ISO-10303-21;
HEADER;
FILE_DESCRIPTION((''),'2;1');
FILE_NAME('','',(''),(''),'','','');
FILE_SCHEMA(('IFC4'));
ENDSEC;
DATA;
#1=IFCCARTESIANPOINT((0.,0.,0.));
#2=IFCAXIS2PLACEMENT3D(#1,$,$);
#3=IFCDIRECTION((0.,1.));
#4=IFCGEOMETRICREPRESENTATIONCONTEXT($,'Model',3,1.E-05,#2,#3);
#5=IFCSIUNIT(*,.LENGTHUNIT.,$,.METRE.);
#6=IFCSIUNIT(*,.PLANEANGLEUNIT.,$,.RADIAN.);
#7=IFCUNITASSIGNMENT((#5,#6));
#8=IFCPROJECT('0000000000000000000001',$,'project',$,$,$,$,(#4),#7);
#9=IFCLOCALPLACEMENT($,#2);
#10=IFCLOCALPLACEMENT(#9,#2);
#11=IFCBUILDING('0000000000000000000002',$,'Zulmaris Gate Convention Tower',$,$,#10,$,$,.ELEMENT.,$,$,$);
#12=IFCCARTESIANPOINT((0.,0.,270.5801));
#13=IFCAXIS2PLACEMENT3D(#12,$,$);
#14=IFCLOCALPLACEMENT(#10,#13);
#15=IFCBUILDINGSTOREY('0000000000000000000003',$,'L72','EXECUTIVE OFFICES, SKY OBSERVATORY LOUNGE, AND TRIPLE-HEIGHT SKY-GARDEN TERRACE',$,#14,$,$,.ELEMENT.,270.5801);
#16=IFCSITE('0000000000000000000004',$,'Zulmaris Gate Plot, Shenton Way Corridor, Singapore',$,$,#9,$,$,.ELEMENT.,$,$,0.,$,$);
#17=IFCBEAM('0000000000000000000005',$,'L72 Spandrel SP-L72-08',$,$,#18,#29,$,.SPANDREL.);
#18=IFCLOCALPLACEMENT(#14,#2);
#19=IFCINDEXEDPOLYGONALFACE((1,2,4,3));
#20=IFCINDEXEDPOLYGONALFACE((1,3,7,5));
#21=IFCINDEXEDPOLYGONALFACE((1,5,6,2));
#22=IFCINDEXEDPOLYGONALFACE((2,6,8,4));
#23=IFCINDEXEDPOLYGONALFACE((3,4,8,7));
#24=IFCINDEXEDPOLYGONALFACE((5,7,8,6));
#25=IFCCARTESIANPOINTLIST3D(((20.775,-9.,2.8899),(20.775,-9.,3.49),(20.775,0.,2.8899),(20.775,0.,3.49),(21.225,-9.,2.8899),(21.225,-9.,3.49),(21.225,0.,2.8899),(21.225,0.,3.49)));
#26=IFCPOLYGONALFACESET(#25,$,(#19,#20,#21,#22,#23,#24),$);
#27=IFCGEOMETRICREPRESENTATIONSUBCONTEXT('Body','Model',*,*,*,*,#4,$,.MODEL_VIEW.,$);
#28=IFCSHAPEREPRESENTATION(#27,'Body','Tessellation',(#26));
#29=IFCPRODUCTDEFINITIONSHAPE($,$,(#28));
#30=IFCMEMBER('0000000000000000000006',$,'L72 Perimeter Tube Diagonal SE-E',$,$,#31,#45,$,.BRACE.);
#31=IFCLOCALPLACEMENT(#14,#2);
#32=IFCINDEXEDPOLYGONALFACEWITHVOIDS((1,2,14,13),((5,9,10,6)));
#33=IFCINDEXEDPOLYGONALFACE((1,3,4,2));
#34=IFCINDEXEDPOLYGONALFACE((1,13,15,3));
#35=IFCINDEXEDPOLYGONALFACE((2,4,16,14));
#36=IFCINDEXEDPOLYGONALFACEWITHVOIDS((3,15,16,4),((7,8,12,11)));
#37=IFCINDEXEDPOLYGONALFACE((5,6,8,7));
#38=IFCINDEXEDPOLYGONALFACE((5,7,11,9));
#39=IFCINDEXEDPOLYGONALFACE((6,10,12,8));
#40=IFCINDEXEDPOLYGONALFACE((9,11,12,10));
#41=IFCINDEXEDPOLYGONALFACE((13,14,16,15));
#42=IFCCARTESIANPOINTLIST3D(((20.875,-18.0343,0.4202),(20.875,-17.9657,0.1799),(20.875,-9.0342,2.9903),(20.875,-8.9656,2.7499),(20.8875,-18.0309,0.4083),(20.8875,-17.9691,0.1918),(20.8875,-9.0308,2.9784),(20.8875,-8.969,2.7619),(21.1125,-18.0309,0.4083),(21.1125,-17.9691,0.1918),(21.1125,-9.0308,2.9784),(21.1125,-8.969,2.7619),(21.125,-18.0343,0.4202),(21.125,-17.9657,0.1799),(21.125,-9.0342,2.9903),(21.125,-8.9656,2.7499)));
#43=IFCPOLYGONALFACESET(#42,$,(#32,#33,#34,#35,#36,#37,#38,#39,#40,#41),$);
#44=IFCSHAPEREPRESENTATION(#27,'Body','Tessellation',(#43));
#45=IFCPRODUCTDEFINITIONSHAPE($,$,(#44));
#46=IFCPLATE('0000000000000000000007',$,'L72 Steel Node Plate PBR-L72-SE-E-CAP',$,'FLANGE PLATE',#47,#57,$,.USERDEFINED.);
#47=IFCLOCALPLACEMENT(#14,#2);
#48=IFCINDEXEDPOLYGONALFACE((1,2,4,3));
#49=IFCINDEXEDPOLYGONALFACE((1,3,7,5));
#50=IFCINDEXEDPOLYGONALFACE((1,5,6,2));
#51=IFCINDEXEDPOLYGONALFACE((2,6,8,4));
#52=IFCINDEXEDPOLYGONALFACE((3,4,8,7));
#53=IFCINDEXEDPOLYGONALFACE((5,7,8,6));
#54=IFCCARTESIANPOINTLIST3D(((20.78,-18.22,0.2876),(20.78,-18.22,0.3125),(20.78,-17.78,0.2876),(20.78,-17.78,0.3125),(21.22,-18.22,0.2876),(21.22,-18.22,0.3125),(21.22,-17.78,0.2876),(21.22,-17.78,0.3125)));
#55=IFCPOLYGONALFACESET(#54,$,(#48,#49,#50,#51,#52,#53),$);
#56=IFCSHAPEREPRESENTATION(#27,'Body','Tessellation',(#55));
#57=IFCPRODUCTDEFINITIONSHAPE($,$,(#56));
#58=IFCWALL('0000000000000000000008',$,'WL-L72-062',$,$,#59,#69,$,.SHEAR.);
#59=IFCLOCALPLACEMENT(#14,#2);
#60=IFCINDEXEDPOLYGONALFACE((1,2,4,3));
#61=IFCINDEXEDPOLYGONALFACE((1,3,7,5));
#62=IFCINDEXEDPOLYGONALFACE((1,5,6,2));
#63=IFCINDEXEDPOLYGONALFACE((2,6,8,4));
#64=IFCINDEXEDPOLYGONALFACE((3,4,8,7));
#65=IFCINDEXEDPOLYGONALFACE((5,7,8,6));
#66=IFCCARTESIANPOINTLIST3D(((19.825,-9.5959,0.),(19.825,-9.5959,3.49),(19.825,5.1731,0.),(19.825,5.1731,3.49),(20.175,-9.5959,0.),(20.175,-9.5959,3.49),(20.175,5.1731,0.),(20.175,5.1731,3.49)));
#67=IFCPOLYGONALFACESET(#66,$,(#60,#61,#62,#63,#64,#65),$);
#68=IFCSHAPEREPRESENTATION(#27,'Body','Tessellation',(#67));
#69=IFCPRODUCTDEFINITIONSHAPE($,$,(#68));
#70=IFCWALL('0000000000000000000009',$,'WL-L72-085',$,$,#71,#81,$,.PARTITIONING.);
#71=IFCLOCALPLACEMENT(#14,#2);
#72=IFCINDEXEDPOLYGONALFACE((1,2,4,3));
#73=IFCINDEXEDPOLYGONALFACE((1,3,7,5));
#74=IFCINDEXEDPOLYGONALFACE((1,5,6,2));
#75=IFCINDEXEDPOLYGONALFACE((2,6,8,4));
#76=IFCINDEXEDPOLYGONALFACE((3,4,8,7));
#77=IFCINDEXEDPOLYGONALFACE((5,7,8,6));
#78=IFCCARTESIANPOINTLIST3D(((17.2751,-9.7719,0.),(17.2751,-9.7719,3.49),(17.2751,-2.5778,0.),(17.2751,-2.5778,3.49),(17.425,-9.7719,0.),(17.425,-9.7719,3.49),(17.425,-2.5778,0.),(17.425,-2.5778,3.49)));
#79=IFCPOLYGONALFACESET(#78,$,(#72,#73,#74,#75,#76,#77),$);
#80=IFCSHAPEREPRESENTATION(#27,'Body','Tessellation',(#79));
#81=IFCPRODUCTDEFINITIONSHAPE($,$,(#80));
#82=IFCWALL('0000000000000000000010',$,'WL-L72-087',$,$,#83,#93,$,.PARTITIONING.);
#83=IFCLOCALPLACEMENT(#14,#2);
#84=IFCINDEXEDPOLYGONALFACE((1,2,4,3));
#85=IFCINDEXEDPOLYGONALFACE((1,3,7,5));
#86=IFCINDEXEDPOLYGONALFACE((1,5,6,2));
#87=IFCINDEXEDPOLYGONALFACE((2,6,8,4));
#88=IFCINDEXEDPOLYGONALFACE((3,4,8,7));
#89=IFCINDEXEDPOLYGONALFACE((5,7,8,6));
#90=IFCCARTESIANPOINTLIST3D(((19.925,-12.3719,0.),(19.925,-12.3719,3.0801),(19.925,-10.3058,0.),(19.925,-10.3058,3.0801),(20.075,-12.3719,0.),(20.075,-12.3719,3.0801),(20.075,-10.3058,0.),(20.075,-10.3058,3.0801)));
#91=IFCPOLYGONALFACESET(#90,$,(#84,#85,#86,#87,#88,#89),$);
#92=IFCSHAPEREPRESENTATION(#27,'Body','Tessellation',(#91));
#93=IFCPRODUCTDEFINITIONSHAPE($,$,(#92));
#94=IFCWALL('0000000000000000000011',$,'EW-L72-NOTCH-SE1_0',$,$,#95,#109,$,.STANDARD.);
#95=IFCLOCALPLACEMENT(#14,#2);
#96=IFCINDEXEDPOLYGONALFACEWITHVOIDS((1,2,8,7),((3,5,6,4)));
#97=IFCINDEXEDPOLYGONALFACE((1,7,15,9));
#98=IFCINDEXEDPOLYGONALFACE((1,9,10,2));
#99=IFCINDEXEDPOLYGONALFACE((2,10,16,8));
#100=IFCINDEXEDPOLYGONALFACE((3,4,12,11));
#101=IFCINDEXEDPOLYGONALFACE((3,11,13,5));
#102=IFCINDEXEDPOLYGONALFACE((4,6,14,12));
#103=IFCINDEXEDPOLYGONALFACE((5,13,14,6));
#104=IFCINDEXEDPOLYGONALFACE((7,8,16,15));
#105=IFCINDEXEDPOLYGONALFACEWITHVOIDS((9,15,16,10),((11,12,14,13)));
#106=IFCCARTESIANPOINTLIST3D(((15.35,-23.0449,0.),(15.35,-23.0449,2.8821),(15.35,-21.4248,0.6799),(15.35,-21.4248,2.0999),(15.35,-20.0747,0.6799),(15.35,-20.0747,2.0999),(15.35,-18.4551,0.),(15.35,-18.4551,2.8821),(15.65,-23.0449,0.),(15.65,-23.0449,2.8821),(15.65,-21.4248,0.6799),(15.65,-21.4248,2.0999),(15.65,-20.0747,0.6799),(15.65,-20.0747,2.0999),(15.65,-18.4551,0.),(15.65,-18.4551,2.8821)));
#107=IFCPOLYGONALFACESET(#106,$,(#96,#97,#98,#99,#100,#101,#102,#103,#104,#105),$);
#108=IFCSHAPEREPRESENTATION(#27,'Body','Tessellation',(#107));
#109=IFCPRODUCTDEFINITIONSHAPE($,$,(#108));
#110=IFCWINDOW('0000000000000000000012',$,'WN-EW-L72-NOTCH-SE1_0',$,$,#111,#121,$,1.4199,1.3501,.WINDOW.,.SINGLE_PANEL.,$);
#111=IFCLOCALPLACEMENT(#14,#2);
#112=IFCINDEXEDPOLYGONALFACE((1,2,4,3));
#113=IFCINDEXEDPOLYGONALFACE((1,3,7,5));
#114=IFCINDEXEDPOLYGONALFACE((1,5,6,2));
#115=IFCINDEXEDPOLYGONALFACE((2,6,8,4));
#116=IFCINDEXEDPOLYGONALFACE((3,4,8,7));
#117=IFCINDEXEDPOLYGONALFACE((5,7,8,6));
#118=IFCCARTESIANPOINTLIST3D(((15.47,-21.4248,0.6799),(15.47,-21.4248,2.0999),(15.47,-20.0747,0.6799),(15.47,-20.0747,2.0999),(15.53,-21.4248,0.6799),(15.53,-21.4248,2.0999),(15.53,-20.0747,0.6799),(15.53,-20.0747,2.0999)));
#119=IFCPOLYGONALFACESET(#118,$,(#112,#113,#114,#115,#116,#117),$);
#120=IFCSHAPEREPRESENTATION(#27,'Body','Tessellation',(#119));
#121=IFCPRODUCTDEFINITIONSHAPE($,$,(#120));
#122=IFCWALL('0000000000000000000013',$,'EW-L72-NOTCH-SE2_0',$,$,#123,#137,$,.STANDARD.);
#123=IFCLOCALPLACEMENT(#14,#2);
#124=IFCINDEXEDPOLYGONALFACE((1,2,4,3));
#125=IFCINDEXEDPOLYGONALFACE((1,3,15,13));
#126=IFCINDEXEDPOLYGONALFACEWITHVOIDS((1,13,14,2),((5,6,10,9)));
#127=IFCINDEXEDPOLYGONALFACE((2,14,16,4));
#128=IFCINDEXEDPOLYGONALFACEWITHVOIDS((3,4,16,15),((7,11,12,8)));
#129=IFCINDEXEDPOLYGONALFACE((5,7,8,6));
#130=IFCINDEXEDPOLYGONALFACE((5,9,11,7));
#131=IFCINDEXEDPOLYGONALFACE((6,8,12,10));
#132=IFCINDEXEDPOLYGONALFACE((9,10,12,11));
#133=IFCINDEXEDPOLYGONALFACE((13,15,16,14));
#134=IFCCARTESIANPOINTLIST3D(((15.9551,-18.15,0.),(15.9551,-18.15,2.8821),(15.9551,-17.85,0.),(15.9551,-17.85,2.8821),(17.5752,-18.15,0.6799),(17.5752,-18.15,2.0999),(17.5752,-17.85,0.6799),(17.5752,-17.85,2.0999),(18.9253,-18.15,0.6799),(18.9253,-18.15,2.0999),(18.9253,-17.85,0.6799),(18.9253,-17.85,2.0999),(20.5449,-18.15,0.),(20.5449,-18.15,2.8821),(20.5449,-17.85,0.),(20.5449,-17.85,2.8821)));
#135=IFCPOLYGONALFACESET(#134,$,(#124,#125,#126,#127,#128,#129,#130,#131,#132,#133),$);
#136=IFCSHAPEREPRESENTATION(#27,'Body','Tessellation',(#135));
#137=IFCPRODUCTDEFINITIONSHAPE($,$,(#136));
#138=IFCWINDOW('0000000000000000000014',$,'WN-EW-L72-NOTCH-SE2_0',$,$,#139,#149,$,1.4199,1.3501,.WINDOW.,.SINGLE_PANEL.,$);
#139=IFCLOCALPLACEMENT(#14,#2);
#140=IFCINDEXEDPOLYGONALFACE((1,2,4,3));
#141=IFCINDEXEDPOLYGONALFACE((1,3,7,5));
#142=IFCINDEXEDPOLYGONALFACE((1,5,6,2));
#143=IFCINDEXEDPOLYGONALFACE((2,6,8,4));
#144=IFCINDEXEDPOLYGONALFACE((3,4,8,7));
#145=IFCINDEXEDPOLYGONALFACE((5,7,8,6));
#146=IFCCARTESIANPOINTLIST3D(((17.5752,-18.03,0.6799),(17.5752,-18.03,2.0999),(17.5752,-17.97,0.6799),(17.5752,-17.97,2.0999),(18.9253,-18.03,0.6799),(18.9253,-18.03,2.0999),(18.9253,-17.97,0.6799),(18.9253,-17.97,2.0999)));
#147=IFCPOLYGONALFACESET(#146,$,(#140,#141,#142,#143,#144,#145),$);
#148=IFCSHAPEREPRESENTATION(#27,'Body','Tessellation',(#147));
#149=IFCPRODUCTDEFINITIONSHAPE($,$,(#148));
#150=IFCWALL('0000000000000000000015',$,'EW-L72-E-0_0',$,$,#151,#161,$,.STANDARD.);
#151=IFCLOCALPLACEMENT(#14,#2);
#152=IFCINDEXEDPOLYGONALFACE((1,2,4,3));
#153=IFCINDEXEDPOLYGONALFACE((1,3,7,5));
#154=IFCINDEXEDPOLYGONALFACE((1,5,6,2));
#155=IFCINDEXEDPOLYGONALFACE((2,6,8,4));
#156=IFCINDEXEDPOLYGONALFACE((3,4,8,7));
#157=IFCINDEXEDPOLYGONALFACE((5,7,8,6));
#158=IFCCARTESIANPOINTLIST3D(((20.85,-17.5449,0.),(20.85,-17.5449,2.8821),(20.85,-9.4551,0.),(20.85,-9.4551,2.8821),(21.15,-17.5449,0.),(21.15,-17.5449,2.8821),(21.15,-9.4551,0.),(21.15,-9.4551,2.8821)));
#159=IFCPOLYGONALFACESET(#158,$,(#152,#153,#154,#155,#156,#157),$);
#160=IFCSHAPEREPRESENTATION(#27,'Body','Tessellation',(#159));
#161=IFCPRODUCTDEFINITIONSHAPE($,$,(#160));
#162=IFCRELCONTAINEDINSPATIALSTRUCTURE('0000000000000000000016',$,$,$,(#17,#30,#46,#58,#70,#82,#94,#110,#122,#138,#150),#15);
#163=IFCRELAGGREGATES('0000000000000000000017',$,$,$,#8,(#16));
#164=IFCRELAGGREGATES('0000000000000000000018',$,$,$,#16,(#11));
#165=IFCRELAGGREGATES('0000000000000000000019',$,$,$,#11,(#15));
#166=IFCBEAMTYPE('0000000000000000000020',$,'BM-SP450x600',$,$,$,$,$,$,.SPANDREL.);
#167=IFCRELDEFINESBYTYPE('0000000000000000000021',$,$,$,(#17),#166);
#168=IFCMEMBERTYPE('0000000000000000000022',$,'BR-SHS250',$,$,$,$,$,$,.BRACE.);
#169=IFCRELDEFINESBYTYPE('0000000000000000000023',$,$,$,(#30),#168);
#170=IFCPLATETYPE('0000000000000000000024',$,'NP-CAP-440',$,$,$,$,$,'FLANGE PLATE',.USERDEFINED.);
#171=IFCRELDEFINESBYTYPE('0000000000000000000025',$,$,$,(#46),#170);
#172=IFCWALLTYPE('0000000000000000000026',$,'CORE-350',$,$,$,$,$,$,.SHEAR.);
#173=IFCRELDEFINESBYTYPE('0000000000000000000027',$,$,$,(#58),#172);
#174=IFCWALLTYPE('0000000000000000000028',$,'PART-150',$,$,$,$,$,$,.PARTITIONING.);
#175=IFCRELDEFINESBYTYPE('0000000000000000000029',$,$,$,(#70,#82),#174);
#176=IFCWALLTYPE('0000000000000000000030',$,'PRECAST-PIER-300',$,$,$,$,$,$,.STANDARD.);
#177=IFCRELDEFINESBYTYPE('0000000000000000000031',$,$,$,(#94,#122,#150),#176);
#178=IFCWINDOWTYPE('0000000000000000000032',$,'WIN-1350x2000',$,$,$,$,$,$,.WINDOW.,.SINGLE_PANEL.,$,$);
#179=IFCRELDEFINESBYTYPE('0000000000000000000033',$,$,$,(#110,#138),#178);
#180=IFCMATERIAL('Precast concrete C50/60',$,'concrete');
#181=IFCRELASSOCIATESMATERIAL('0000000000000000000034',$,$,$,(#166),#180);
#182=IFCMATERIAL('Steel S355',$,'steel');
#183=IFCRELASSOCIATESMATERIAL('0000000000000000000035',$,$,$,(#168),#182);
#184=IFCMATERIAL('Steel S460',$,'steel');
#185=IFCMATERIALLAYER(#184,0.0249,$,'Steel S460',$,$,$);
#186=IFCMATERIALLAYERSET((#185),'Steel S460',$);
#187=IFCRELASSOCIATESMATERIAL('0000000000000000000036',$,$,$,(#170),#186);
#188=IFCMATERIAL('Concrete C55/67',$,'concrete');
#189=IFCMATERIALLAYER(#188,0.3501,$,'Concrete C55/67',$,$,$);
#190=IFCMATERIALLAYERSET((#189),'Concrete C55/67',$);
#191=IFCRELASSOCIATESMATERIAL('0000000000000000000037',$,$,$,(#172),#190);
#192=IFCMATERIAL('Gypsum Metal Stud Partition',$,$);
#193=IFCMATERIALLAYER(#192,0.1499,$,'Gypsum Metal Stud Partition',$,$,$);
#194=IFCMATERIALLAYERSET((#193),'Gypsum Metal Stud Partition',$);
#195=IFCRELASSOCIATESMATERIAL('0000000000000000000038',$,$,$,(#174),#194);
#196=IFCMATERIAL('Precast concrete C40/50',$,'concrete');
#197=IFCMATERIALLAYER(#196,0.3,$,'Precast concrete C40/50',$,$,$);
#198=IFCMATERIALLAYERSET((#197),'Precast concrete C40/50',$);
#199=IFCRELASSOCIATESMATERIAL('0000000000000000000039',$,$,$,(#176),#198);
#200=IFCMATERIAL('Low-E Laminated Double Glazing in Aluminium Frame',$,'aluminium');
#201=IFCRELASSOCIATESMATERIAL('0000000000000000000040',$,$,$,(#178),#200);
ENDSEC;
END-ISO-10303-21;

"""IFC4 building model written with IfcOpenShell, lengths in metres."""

from ifc_helpers import new_model, si_unit, direction, frame, frame_2d, origin, origin_2d, place, context, subcontext, project, spatial, rectangle, hollow_rectangle, extrude, material, layer, layer_set, material_profile, profile_set, type_object, element, fill, save


model = new_model("IFC4")

# Units and contexts
model_context = context("Model", 3, precision=1e-05, world=origin(), true_north=direction((0.0, 1.0)))
body_context = subcontext(model_context, "Body", "Model", "MODEL_VIEW")
ifc_project = project(units=[si_unit("LENGTHUNIT", "METRE"), si_unit("PLANEANGLEUNIT", "RADIAN")], contexts=[model_context])

# Site, building, storey
site_placement = place(None, origin())
site = spatial("IfcSite", under=ifc_project, at=site_placement, Name="Zulmaris Gate Plot, Shenton Way Corridor, Singapore", CompositionType="ELEMENT", RefElevation=0.0)
building_placement = place(site_placement, origin())
building = spatial("IfcBuilding", under=site, at=building_placement, Name="Zulmaris Gate Convention Tower", CompositionType="ELEMENT")
storey_placement = place(building_placement, frame((0.0, 0.0, 270.5801)))
storey = spatial("IfcBuildingStorey", under=building, at=storey_placement, Name="L72", Description="EXECUTIVE OFFICES, SKY OBSERVATORY LOUNGE, AND TRIPLE-HEIGHT SKY-GARDEN TERRACE", CompositionType="ELEMENT", Elevation=270.5801)

# Beam
ifc_material_1 = material(Name="Steel S355", Category="steel")
ifc_material_2 = material(Name="Precast concrete C50/60", Category="concrete")
ifc_material_profile_1 = material_profile(ifc_material_2, rectangle(XDim=0.45, YDim=0.6001, at=origin_2d()), Name="RC SPANDREL 450x600")
ifc_profile_set_1 = profile_set([ifc_material_profile_1], Name="Precast concrete C50/60")
beam_type_1 = type_object("IfcBeamType", Name="BM-SP450x600", PredefinedType="SPANDREL", material=ifc_profile_set_1)
for number, where, z_axis, x_axis, name in (
    (1, (21.0, -9.0, 3.1899), (0.0, 1.0, 0.0), (-1.0, 0.0, 0.0), "L72 Spandrel SP-L72-08"),
):
    element("IfcBeam", number, at=place(storey_placement, frame(where, z_axis=z_axis, x_axis=x_axis)), inside=storey, type_object=beam_type_1, Name=name, PredefinedType="SPANDREL", context=body_context, shape_type="SweptSolid", body=[
        extrude(rectangle(XDim=0.45, YDim=0.6001, at=origin_2d()), origin(), (0.0, 0.0, 1.0), 9.0),
    ])

# Member
ifc_material_profile_2 = material_profile(ifc_material_1, hollow_rectangle(XDim=0.25, YDim=0.25, WallThickness=0.0125, at=origin_2d()), Name="SHS 250x250x12.5")
ifc_profile_set_2 = profile_set([ifc_material_profile_2], Name="Steel S355")
member_type = type_object("IfcMemberType", Name="BR-SHS250", PredefinedType="BRACE", material=ifc_profile_set_2)
member_placement = place(storey_placement, frame((21.0, -18.0, 0.3), z_axis=(0.0, 0.961562, 0.274587), x_axis=(-1.0, 0.0, 0.0)))
element("IfcMember", 2, at=member_placement, inside=storey, type_object=member_type, Name="L72 Perimeter Tube Diagonal SE-E", PredefinedType="BRACE", context=body_context, shape_type="SweptSolid", body=[
    extrude(hollow_rectangle(XDim=0.25, YDim=0.25, WallThickness=0.0125, at=origin_2d()), origin(), (0.0, 0.0, 1.0), 9.3599),
])

# Plate
ifc_material_3 = material(Name="Steel S460", Category="steel")
ifc_layer_1 = layer(ifc_material_3, 0.0249, Name="Steel S460")
ifc_layer_set_1 = layer_set([ifc_layer_1], Name="Steel S460")
plate_type = type_object("IfcPlateType", Name="NP-CAP-440", ElementType="FLANGE PLATE", PredefinedType="USERDEFINED", material=ifc_layer_set_1)
plate_placement = place(storey_placement, frame((21.0, -18.0, 0.2876), z_axis=(0.0, 0.0, 1.0), x_axis=(1.0, 0.0, 0.0)))
element("IfcPlate", 3, at=plate_placement, inside=storey, type_object=plate_type, Name="L72 Steel Node Plate PBR-L72-SE-E-CAP", ObjectType="FLANGE PLATE", PredefinedType="USERDEFINED", context=body_context, shape_type="SweptSolid", body=[
    extrude(rectangle(XDim=0.4399, YDim=0.4399, at=origin_2d()), origin(), (0.0, 0.0, 1.0), 0.0249),
])

# Walls
ifc_material_4 = material(Name="Concrete C55/67", Category="concrete")
ifc_layer_2 = layer(ifc_material_4, 0.3501, Name="Concrete C55/67")
ifc_layer_set_2 = layer_set([ifc_layer_2], Name="Concrete C55/67")
wall_type_1 = type_object("IfcWallType", Name="CORE-350", PredefinedType="SHEAR", material=ifc_layer_set_2)
wall_1_placement = place(storey_placement, frame((20.0, -9.5959, 0.0), z_axis=(0.0, 0.0, 1.0), x_axis=(0.0, 1.0, 0.0)))
element("IfcWall", 4, at=wall_1_placement, inside=storey, type_object=wall_type_1, Name="WL-L72-062", PredefinedType="SHEAR", context=body_context, shape_type="SweptSolid", body=[
    extrude(rectangle(XDim=14.769, YDim=0.3501, at=frame_2d((7.3845, 0.0))), origin(), (0.0, 0.0, 1.0), 3.49),
])
ifc_material_5 = material(Name="Gypsum Metal Stud Partition")
ifc_layer_3 = layer(ifc_material_5, 0.1499, Name="Gypsum Metal Stud Partition")
ifc_layer_set_3 = layer_set([ifc_layer_3], Name="Gypsum Metal Stud Partition")
wall_type_2 = type_object("IfcWallType", Name="PART-150", PredefinedType="PARTITIONING", material=ifc_layer_set_3)
wall_2_placement = place(storey_placement, frame((17.3501, -9.772, 0.0), z_axis=(0.0, 0.0, 1.0), x_axis=(0.0, 1.0, 0.0)))
element("IfcWall", 5, at=wall_2_placement, inside=storey, type_object=wall_type_2, Name="WL-L72-085", PredefinedType="PARTITIONING", context=body_context, shape_type="SweptSolid", body=[
    extrude(rectangle(XDim=7.1941, YDim=0.1499, at=frame_2d((3.5972, 0.0))), origin(), (0.0, 0.0, 1.0), 3.49),
])
wall_3_placement = place(storey_placement, frame((20.0, -12.3721, 0.0), z_axis=(0.0, 0.0, 1.0), x_axis=(0.0, 1.0, 0.0)))
element("IfcWall", 6, at=wall_3_placement, inside=storey, type_object=wall_type_2, Name="WL-L72-087", PredefinedType="PARTITIONING", context=body_context, shape_type="SweptSolid", body=[
    extrude(rectangle(XDim=2.0662, YDim=0.1499, at=frame_2d((1.0332, 0.0))), origin(), (0.0, 0.0, 1.0), 3.0801),
])

# Walls, openings, windows
ifc_material_6 = material(Name="Precast concrete C40/50", Category="concrete")
ifc_layer_4 = layer(ifc_material_6, 0.3, Name="Precast concrete C40/50")
ifc_layer_set_4 = layer_set([ifc_layer_4], Name="Precast concrete C40/50")
wall_type_3 = type_object("IfcWallType", Name="PRECAST-PIER-300", PredefinedType="STANDARD", material=ifc_layer_set_4)
wall_4_placement = place(storey_placement, frame((15.5, -23.0449, 0.0), z_axis=(0.0, 0.0, 1.0), x_axis=(0.0, 1.0, 0.0)))
wall_4 = element("IfcWall", 7, at=wall_4_placement, inside=storey, type_object=wall_type_3, Name="EW-L72-NOTCH-SE1_0", PredefinedType="STANDARD", context=body_context, shape_type="SweptSolid", body=[
    extrude(rectangle(XDim=4.5898, YDim=0.3, at=frame_2d((2.2949, 0.0))), origin(), (0.0, 0.0, 1.0), 2.8821),
])
opening_1_placement = place(wall_4_placement, frame((1.6201, 0.0, 0.6799)))
opening_1 = element("IfcOpeningElement", 8, at=opening_1_placement, cuts=wall_4, PredefinedType="OPENING", context=body_context, shape_type="SweptSolid", body=[
    extrude(rectangle(XDim=1.3501, YDim=1.4199, at=frame_2d((0.675, 0.71))), frame((0.0, 0.1602, 0.0), z_axis=(0.0, -1.0, 0.0), x_axis=(1.0, 0.0, 0.0)), (0.0, 0.0, 1.0), 0.3201),
])
ifc_material_7 = material(Name="Low-E Laminated Double Glazing in Aluminium Frame", Category="aluminium")
window_type = type_object("IfcWindowType", Name="WIN-1350x2000", PartitioningType="SINGLE_PANEL", PredefinedType="WINDOW", material=ifc_material_7)
window_1_placement = place(opening_1_placement, origin())
window_1 = element("IfcWindow", 9, at=window_1_placement, inside=storey, type_object=window_type, Name="WN-EW-L72-NOTCH-SE1_0", OverallHeight=1.4199, OverallWidth=1.3501, PartitioningType="SINGLE_PANEL", PredefinedType="WINDOW", context=body_context, shape_type="SweptSolid", body=[
    extrude(rectangle(XDim=1.3501, YDim=1.4199, at=frame_2d((0.675, 0.71))), frame((0.0, 0.03, 0.0), z_axis=(0.0, -1.0, 0.0), x_axis=(1.0, 0.0, 0.0)), (0.0, 0.0, 1.0), 0.0601),
])
fill(opening_1, window_1)
wall_5_placement = place(storey_placement, frame((15.9551, -18.0, 0.0), z_axis=(0.0, 0.0, 1.0), x_axis=(1.0, 0.0, 0.0)))
wall_5 = element("IfcWall", 10, at=wall_5_placement, inside=storey, type_object=wall_type_3, Name="EW-L72-NOTCH-SE2_0", PredefinedType="STANDARD", context=body_context, shape_type="SweptSolid", body=[
    extrude(rectangle(XDim=4.5898, YDim=0.3, at=frame_2d((2.2949, 0.0))), origin(), (0.0, 0.0, 1.0), 2.8821),
])
opening_2_placement = place(wall_5_placement, frame((1.6201, 0.0, 0.6799)))
opening_2 = element("IfcOpeningElement", 11, at=opening_2_placement, cuts=wall_5, PredefinedType="OPENING", context=body_context, shape_type="SweptSolid", body=[
    extrude(rectangle(XDim=1.3501, YDim=1.4199, at=frame_2d((0.675, 0.71))), frame((0.0, 0.1602, 0.0), z_axis=(0.0, -1.0, 0.0), x_axis=(1.0, 0.0, 0.0)), (0.0, 0.0, 1.0), 0.3201),
])
window_2_placement = place(opening_2_placement, origin())
window_2 = element("IfcWindow", 12, at=window_2_placement, inside=storey, type_object=window_type, Name="WN-EW-L72-NOTCH-SE2_0", OverallHeight=1.4199, OverallWidth=1.3501, PartitioningType="SINGLE_PANEL", PredefinedType="WINDOW", context=body_context, shape_type="SweptSolid", body=[
    extrude(rectangle(XDim=1.3501, YDim=1.4199, at=frame_2d((0.675, 0.71))), frame((0.0, 0.03, 0.0), z_axis=(0.0, -1.0, 0.0), x_axis=(1.0, 0.0, 0.0)), (0.0, 0.0, 1.0), 0.0601),
])
fill(opening_2, window_2)

# Wall
wall_6_placement = place(storey_placement, frame((21.0, -17.5449, 0.0), z_axis=(0.0, 0.0, 1.0), x_axis=(0.0, 1.0, 0.0)))
element("IfcWall", 13, at=wall_6_placement, inside=storey, type_object=wall_type_3, Name="EW-L72-E-0_0", PredefinedType="STANDARD", context=body_context, shape_type="SweptSolid", body=[
    extrude(rectangle(XDim=8.0898, YDim=0.3, at=frame_2d((4.0449, 0.0))), origin(), (0.0, 0.0, 1.0), 2.8821),
])

save(model, "model.ifc")
